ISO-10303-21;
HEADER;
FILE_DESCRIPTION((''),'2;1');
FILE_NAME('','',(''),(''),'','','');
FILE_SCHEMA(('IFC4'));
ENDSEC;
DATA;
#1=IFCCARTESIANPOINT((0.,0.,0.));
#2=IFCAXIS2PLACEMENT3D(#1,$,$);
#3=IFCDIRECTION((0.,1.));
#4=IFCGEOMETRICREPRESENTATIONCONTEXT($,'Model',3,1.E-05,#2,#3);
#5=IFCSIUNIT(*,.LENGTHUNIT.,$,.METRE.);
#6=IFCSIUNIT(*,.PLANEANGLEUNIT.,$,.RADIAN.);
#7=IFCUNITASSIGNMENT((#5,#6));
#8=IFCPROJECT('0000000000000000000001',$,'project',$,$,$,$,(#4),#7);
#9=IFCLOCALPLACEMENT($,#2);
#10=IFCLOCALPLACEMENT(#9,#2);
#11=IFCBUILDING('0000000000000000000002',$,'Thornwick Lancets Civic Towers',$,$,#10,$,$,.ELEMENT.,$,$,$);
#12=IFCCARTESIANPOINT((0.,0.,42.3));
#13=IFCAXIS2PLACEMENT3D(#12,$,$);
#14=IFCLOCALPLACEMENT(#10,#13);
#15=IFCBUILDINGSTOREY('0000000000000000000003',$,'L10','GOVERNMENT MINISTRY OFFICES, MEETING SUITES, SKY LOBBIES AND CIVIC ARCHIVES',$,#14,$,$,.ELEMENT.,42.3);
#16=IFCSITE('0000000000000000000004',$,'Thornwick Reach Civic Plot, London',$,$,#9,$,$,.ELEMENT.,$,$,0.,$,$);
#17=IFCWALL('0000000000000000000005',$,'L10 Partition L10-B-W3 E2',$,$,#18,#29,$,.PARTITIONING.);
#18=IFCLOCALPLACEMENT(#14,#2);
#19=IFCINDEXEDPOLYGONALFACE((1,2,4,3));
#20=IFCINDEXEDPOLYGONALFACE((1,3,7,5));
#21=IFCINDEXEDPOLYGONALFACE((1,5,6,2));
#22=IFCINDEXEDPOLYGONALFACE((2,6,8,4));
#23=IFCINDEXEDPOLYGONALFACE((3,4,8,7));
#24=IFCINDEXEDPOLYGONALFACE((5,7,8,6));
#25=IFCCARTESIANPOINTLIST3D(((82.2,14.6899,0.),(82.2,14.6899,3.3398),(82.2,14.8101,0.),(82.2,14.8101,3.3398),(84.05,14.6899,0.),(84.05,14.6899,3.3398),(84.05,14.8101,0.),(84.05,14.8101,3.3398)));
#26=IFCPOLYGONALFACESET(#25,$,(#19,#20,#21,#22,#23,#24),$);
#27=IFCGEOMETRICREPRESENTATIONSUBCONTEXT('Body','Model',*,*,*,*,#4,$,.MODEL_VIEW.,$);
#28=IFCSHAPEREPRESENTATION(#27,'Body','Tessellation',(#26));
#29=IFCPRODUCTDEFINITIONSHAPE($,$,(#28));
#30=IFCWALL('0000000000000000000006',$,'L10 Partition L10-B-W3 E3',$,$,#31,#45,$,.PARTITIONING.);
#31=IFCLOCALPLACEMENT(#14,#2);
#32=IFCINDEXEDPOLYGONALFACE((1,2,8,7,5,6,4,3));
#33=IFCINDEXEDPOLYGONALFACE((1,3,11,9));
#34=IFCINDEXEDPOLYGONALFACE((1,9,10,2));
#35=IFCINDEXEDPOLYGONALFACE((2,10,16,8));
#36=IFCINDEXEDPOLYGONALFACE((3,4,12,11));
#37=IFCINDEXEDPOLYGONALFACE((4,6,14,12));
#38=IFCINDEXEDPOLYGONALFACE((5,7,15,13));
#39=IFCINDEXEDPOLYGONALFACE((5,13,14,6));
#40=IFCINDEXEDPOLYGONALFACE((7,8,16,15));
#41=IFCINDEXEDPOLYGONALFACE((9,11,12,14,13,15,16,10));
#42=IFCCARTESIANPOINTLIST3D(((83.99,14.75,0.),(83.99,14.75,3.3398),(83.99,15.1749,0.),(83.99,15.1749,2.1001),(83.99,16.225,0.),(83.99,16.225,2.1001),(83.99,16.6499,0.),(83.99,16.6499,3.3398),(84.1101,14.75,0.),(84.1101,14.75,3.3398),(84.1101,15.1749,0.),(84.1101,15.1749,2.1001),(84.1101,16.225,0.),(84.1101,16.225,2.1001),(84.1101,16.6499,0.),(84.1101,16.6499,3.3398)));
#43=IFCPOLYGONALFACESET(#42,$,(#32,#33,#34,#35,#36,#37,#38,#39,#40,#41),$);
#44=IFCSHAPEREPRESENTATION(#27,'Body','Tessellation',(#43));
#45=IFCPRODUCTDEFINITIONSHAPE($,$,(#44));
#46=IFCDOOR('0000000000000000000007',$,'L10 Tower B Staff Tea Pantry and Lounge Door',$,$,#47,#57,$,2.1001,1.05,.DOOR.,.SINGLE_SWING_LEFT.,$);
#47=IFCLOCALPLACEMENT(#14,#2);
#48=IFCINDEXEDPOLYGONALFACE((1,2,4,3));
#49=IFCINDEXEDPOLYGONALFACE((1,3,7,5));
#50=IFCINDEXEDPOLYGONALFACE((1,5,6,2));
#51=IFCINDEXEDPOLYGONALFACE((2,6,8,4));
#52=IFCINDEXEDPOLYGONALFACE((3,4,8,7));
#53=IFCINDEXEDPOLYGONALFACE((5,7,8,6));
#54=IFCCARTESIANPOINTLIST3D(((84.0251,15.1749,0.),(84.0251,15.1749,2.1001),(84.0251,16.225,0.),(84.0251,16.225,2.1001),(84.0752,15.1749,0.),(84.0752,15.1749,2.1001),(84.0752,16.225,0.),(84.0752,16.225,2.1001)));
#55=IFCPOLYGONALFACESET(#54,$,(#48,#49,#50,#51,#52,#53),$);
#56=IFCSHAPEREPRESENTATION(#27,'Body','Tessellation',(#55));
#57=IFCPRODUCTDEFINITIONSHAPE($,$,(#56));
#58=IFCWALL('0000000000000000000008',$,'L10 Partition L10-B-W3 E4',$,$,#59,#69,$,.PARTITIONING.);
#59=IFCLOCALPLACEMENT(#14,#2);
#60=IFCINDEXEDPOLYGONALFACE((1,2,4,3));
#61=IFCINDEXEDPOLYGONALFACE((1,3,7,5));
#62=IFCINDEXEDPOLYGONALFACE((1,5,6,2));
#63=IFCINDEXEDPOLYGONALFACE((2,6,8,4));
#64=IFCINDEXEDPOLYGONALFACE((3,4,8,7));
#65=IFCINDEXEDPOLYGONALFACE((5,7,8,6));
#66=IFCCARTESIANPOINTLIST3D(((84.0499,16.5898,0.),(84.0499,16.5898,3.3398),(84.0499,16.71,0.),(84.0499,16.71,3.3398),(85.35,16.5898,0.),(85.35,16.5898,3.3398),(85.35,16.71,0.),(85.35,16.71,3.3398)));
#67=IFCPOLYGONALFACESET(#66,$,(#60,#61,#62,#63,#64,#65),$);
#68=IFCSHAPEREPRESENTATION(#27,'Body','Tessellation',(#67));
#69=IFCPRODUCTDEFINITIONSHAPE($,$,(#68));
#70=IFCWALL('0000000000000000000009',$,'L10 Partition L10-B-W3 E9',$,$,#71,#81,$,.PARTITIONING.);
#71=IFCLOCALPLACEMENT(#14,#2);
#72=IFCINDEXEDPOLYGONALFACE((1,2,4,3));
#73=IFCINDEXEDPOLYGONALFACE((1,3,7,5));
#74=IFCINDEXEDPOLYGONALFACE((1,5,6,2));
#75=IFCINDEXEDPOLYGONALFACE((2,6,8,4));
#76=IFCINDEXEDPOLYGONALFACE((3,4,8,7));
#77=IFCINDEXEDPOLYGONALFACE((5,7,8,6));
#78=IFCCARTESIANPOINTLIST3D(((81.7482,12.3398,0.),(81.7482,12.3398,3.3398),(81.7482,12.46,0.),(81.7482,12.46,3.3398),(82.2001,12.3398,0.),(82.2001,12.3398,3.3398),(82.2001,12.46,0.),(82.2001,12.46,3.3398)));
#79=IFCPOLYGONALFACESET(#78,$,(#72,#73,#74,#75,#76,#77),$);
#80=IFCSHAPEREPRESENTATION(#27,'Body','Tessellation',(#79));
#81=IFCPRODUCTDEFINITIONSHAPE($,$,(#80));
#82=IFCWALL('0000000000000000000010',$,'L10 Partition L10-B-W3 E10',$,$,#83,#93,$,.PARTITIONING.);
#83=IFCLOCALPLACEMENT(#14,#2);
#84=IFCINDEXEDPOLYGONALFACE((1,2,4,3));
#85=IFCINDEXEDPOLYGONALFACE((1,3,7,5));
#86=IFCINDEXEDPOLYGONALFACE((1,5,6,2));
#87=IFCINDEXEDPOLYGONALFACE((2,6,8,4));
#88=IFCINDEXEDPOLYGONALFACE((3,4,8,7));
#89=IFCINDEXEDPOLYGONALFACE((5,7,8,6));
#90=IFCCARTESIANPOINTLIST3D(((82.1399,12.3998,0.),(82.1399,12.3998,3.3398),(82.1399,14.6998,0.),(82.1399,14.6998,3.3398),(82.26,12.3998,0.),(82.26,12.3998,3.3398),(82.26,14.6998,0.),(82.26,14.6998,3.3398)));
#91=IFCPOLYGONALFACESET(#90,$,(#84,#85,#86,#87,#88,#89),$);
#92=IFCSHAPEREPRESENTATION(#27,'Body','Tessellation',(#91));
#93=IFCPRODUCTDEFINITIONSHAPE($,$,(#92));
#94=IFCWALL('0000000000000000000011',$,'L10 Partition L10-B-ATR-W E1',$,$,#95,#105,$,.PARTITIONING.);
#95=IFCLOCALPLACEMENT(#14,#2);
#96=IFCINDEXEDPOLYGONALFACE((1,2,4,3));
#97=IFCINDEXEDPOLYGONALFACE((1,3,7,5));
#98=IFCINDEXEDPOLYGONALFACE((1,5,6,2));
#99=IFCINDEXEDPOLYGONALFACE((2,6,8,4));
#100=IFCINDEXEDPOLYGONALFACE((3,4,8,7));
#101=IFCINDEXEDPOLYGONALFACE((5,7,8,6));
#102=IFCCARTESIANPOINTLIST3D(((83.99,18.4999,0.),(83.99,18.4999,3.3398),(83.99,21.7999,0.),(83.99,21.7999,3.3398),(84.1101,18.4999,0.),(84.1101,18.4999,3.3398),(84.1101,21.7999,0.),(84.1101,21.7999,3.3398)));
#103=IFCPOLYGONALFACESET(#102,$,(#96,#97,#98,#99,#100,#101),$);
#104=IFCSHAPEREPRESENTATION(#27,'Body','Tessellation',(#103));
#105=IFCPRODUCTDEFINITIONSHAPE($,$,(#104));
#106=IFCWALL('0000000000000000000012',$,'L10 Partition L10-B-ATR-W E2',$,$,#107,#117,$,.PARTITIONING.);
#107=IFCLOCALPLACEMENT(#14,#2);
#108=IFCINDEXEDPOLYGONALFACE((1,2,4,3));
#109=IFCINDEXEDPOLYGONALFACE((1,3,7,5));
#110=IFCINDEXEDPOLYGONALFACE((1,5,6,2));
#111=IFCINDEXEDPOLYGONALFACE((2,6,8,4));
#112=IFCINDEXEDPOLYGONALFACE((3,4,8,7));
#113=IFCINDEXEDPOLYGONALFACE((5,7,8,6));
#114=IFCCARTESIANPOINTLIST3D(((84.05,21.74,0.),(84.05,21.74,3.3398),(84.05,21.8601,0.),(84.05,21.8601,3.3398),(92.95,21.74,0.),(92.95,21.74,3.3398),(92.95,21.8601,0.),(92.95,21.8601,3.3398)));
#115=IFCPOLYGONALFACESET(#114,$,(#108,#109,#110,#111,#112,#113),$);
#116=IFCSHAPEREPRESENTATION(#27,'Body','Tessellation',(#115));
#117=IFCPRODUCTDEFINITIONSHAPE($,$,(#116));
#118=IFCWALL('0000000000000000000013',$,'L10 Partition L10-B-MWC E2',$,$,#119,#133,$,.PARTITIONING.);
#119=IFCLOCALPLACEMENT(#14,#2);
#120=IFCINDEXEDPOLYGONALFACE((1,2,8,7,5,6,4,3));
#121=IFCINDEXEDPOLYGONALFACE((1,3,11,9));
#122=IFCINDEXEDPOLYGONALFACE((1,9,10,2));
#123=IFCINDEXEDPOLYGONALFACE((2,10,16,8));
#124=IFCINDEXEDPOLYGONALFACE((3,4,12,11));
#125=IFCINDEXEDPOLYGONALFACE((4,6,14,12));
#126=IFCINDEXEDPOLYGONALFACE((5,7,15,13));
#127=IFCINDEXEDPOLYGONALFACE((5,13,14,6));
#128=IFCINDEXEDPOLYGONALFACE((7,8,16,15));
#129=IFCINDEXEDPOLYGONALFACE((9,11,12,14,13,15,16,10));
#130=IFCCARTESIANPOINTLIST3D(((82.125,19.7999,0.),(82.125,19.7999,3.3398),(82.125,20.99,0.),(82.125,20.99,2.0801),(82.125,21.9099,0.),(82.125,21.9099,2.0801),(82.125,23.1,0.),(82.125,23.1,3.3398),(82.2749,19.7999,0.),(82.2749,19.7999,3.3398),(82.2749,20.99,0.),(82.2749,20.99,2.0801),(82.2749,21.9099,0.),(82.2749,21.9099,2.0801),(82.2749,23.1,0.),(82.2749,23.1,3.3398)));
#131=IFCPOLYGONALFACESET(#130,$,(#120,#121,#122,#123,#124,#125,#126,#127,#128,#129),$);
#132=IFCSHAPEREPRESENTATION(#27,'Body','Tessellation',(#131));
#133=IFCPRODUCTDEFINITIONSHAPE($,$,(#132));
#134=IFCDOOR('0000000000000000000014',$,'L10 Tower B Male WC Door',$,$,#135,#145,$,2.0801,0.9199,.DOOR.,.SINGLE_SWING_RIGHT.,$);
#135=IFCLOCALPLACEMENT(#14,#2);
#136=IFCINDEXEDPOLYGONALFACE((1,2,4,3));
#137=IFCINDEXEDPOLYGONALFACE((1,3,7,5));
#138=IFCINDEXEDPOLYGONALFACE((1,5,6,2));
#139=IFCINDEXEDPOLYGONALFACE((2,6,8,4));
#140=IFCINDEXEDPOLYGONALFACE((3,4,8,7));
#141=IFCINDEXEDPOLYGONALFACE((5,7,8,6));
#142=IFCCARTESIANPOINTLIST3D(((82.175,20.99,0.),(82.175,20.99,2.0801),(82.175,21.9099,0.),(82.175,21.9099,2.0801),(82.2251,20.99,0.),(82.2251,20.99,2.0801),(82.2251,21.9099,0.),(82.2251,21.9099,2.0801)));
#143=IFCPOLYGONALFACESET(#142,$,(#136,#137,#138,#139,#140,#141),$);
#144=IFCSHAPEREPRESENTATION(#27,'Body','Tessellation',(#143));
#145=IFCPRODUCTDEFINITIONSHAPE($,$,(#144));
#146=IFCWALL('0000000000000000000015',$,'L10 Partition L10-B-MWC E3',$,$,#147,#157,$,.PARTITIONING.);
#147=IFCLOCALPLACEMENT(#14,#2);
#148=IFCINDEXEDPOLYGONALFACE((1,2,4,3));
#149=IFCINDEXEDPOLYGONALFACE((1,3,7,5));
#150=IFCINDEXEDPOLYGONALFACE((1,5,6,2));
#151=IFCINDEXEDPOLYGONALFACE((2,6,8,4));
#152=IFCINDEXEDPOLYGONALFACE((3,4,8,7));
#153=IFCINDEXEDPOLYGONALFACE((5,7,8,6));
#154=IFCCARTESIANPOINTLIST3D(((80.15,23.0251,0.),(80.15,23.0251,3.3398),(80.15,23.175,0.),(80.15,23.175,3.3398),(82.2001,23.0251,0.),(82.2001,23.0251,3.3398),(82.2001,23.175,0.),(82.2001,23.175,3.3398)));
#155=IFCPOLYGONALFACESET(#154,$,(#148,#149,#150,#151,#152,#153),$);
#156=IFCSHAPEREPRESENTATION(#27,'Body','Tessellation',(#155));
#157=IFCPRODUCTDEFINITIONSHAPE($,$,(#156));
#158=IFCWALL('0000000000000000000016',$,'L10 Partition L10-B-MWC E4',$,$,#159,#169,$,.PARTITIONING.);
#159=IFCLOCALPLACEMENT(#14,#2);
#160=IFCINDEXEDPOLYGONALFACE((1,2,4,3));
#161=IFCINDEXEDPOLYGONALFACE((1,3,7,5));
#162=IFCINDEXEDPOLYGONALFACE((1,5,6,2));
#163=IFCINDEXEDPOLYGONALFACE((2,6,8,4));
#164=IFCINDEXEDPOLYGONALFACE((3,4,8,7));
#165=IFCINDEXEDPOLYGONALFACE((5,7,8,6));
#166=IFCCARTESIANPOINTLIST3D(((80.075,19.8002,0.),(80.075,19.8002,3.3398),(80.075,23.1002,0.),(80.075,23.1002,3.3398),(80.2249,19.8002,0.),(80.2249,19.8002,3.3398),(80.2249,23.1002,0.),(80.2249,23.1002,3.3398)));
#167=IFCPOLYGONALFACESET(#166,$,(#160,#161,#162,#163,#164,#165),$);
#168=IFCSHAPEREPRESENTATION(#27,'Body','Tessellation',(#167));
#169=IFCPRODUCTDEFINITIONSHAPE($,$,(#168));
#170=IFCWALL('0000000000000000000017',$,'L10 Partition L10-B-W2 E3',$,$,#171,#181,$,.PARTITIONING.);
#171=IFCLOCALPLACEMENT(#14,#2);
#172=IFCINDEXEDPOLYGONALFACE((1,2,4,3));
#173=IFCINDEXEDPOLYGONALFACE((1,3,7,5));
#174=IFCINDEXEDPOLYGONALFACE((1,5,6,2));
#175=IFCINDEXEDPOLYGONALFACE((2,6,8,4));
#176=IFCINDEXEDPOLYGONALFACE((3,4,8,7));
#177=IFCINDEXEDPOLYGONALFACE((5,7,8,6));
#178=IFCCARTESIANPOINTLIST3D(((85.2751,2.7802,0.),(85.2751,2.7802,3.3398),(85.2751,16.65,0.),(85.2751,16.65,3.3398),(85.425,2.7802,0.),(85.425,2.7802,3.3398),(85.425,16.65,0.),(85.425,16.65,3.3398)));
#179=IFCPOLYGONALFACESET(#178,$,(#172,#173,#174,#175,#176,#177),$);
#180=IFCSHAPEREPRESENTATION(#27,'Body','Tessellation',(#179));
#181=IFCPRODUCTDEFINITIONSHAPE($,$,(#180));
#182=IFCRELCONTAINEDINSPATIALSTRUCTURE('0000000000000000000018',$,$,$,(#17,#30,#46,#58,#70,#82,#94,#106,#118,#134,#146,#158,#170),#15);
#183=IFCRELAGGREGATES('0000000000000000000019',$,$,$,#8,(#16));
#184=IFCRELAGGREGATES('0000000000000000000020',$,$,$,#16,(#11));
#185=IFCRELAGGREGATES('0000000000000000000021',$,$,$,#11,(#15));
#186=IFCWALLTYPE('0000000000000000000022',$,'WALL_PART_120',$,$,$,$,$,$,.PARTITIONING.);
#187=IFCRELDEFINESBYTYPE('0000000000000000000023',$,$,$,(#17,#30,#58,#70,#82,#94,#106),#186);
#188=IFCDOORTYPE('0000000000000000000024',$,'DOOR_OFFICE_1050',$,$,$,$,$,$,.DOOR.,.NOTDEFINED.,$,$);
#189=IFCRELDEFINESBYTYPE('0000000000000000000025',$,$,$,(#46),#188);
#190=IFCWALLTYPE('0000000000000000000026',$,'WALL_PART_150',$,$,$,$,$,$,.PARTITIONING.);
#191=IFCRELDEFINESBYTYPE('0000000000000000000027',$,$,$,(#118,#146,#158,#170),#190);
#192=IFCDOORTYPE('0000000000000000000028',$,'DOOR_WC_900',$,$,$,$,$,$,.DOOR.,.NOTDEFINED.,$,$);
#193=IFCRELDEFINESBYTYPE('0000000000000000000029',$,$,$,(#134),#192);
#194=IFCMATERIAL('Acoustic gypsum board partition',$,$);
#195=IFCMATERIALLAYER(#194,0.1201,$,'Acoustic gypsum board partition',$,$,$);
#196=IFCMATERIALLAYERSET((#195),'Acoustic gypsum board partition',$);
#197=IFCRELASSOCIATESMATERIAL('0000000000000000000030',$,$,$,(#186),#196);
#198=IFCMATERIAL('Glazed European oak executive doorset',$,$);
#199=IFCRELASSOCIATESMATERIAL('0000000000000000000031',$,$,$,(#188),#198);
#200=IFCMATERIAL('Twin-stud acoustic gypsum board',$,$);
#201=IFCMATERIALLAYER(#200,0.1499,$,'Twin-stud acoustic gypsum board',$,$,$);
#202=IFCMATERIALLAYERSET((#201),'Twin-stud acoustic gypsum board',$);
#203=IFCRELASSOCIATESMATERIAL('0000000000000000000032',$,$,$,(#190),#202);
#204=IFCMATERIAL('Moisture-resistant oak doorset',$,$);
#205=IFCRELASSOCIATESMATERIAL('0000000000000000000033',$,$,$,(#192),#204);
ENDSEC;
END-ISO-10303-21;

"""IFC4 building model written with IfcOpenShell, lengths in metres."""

from ifc_helpers import new_model, si_unit, direction, frame, frame_2d, origin, place, context, subcontext, project, spatial, rectangle, extrude, material, layer, layer_set, type_object, element, fill, save


model = new_model("IFC4")

# Units and contexts
model_context = context("Model", 3, precision=1e-05, world=origin(), true_north=direction((0.0, 1.0)))
body_context = subcontext(model_context, "Body", "Model", "MODEL_VIEW")
ifc_project = project(units=[si_unit("LENGTHUNIT", "METRE"), si_unit("PLANEANGLEUNIT", "RADIAN")], contexts=[model_context])

# Site, building, storey
site_placement = place(None, origin())
site = spatial("IfcSite", under=ifc_project, at=site_placement, Name="Thornwick Reach Civic Plot, London", CompositionType="ELEMENT", RefElevation=0.0)
building_placement = place(site_placement, origin())
building = spatial("IfcBuilding", under=site, at=building_placement, Name="Thornwick Lancets Civic Towers", CompositionType="ELEMENT")
storey_placement = place(building_placement, frame((0.0, 0.0, 42.3)))
storey = spatial("IfcBuildingStorey", under=building, at=storey_placement, Name="L10", Description="GOVERNMENT MINISTRY OFFICES, MEETING SUITES, SKY LOBBIES AND CIVIC ARCHIVES", CompositionType="ELEMENT", Elevation=42.3)

# Wall
ifc_material_1 = material(Name="Acoustic gypsum board partition")
ifc_layer_1 = layer(ifc_material_1, 0.1201, Name="Acoustic gypsum board partition")
ifc_layer_set_1 = layer_set([ifc_layer_1], Name="Acoustic gypsum board partition")
wall_type_1 = type_object("IfcWallType", Name="WALL_PART_120", PredefinedType="PARTITIONING", material=ifc_layer_set_1)
wall_1_placement = place(storey_placement, frame((82.2, 14.75, 0.0), z_axis=(0.0, 0.0, 1.0), x_axis=(1.0, 0.0, 0.0)))
element("IfcWall", 1, at=wall_1_placement, inside=storey, type_object=wall_type_1, Name="L10 Partition L10-B-W3 E2", PredefinedType="PARTITIONING", context=body_context, shape_type="SweptSolid", body=[
    extrude(rectangle(XDim=1.8501, YDim=0.1201, at=frame_2d((0.925, 0.0))), origin(), (0.0, 0.0, 1.0), 3.3398),
])

# Wall, opening, door
wall_2_placement = place(storey_placement, frame((84.05, 14.75, 0.0), z_axis=(0.0, 0.0, 1.0), x_axis=(0.0, 1.0, 0.0)))
wall_2 = element("IfcWall", 2, at=wall_2_placement, inside=storey, type_object=wall_type_1, Name="L10 Partition L10-B-W3 E3", PredefinedType="PARTITIONING", context=body_context, shape_type="SweptSolid", body=[
    extrude(rectangle(XDim=1.8999, YDim=0.1201, at=frame_2d((0.95, 0.0))), origin(), (0.0, 0.0, 1.0), 3.3398),
])
opening_1_placement = place(wall_2_placement, frame((0.425, 0.0, 0.0)))
opening_1 = element("IfcOpeningElement", 3, at=opening_1_placement, cuts=wall_2, PredefinedType="OPENING", context=body_context, shape_type="SweptSolid", body=[
    extrude(rectangle(XDim=1.05, YDim=2.1001, at=frame_2d((0.5249, 1.05))), frame((0.0, 0.0701, 0.0), z_axis=(0.0, -1.0, 0.0), x_axis=(1.0, 0.0, 0.0)), (0.0, 0.0, 1.0), 0.1401),
])
ifc_material_2 = material(Name="Glazed European oak executive doorset")
door_type_1 = type_object("IfcDoorType", Name="DOOR_OFFICE_1050", OperationType="NOTDEFINED", PredefinedType="DOOR", material=ifc_material_2)
door_1_placement = place(opening_1_placement, origin())
door_1 = element("IfcDoor", 4, at=door_1_placement, inside=storey, type_object=door_type_1, Name="L10 Tower B Staff Tea Pantry and Lounge Door", OperationType="SINGLE_SWING_LEFT", OverallHeight=2.1001, OverallWidth=1.05, PredefinedType="DOOR", context=body_context, shape_type="SweptSolid", body=[
    extrude(rectangle(XDim=1.05, YDim=2.1001, at=frame_2d((0.5249, 1.05))), frame((0.0, 0.0249, 0.0), z_axis=(0.0, -1.0, 0.0), x_axis=(1.0, 0.0, 0.0)), (0.0, 0.0, 1.0), 0.05),
])
fill(opening_1, door_1)

# Walls
wall_3_placement = place(storey_placement, frame((84.05, 16.6499, 0.0), z_axis=(0.0, 0.0, 1.0), x_axis=(1.0, 0.0, 0.0)))
element("IfcWall", 5, at=wall_3_placement, inside=storey, type_object=wall_type_1, Name="L10 Partition L10-B-W3 E4", PredefinedType="PARTITIONING", context=body_context, shape_type="SweptSolid", body=[
    extrude(rectangle(XDim=1.3, YDim=0.1201, at=frame_2d((0.6499, 0.0))), origin(), (0.0, 0.0, 1.0), 3.3398),
])
wall_4_placement = place(storey_placement, frame((81.748, 12.3999, 0.0), z_axis=(0.0, 0.0, 1.0), x_axis=(1.0, 0.0, 0.0)))
element("IfcWall", 6, at=wall_4_placement, inside=storey, type_object=wall_type_1, Name="L10 Partition L10-B-W3 E9", PredefinedType="PARTITIONING", context=body_context, shape_type="SweptSolid", body=[
    extrude(rectangle(XDim=0.4519, YDim=0.1201, at=frame_2d((0.2261, 0.0))), origin(), (0.0, 0.0, 1.0), 3.3398),
])
wall_5_placement = place(storey_placement, frame((82.2, 12.3999, 0.0), z_axis=(0.0, 0.0, 1.0), x_axis=(0.0, 1.0, 0.0)))
element("IfcWall", 7, at=wall_5_placement, inside=storey, type_object=wall_type_1, Name="L10 Partition L10-B-W3 E10", PredefinedType="PARTITIONING", context=body_context, shape_type="SweptSolid", body=[
    extrude(rectangle(XDim=2.3, YDim=0.1201, at=frame_2d((1.1499, 0.0))), origin(), (0.0, 0.0, 1.0), 3.3398),
])
wall_6_placement = place(storey_placement, frame((84.05, 18.5, 0.0), z_axis=(0.0, 0.0, 1.0), x_axis=(0.0, 1.0, 0.0)))
element("IfcWall", 8, at=wall_6_placement, inside=storey, type_object=wall_type_1, Name="L10 Partition L10-B-ATR-W E1", PredefinedType="PARTITIONING", context=body_context, shape_type="SweptSolid", body=[
    extrude(rectangle(XDim=3.3, YDim=0.1201, at=frame_2d((1.6499, 0.0))), origin(), (0.0, 0.0, 1.0), 3.3398),
])
wall_7_placement = place(storey_placement, frame((84.05, 21.8, 0.0), z_axis=(0.0, 0.0, 1.0), x_axis=(1.0, 0.0, 0.0)))
element("IfcWall", 9, at=wall_7_placement, inside=storey, type_object=wall_type_1, Name="L10 Partition L10-B-ATR-W E2", PredefinedType="PARTITIONING", context=body_context, shape_type="SweptSolid", body=[
    extrude(rectangle(XDim=8.8999, YDim=0.1201, at=frame_2d((4.45, 0.0))), origin(), (0.0, 0.0, 1.0), 3.3398),
])

# Wall, opening, door
ifc_material_3 = material(Name="Twin-stud acoustic gypsum board")
ifc_layer_2 = layer(ifc_material_3, 0.1499, Name="Twin-stud acoustic gypsum board")
ifc_layer_set_2 = layer_set([ifc_layer_2], Name="Twin-stud acoustic gypsum board")
wall_type_2 = type_object("IfcWallType", Name="WALL_PART_150", PredefinedType="PARTITIONING", material=ifc_layer_set_2)
wall_8_placement = place(storey_placement, frame((82.2, 19.8, 0.0), z_axis=(0.0, 0.0, 1.0), x_axis=(0.0, 1.0, 0.0)))
wall_8 = element("IfcWall", 10, at=wall_8_placement, inside=storey, type_object=wall_type_2, Name="L10 Partition L10-B-MWC E2", PredefinedType="PARTITIONING", context=body_context, shape_type="SweptSolid", body=[
    extrude(rectangle(XDim=3.3, YDim=0.1499, at=frame_2d((1.6499, 0.0))), origin(), (0.0, 0.0, 1.0), 3.3398),
])
opening_2_placement = place(wall_8_placement, frame((1.1899, 0.0, 0.0)))
opening_2 = element("IfcOpeningElement", 11, at=opening_2_placement, cuts=wall_8, PredefinedType="OPENING", context=body_context, shape_type="SweptSolid", body=[
    extrude(rectangle(XDim=0.9199, YDim=2.0801, at=frame_2d((0.46, 1.04))), frame((0.0, 0.085, 0.0), z_axis=(0.0, -1.0, 0.0), x_axis=(1.0, 0.0, 0.0)), (0.0, 0.0, 1.0), 0.1699),
])
ifc_material_4 = material(Name="Moisture-resistant oak doorset")
door_type_2 = type_object("IfcDoorType", Name="DOOR_WC_900", OperationType="NOTDEFINED", PredefinedType="DOOR", material=ifc_material_4)
door_2_placement = place(opening_2_placement, origin())
door_2 = element("IfcDoor", 12, at=door_2_placement, inside=storey, type_object=door_type_2, Name="L10 Tower B Male WC Door", OperationType="SINGLE_SWING_RIGHT", OverallHeight=2.0801, OverallWidth=0.9199, PredefinedType="DOOR", context=body_context, shape_type="SweptSolid", body=[
    extrude(rectangle(XDim=0.9199, YDim=2.0801, at=frame_2d((0.46, 1.04))), frame((0.0, 0.0249, 0.0), z_axis=(0.0, -1.0, 0.0), x_axis=(1.0, 0.0, 0.0)), (0.0, 0.0, 1.0), 0.05),
])
fill(opening_2, door_2)

# Walls
wall_9_placement = place(storey_placement, frame((82.2, 23.1001, 0.0), z_axis=(0.0, 0.0, 1.0), x_axis=(-1.0, 0.0, 0.0)))
element("IfcWall", 13, at=wall_9_placement, inside=storey, type_object=wall_type_2, Name="L10 Partition L10-B-MWC E3", PredefinedType="PARTITIONING", context=body_context, shape_type="SweptSolid", body=[
    extrude(rectangle(XDim=2.05, YDim=0.1499, at=frame_2d((1.0249, 0.0))), origin(), (0.0, 0.0, 1.0), 3.3398),
])
wall_10_placement = place(storey_placement, frame((80.1499, 23.1001, 0.0), z_axis=(0.0, 0.0, 1.0), x_axis=(0.0, -1.0, 0.0)))
element("IfcWall", 14, at=wall_10_placement, inside=storey, type_object=wall_type_2, Name="L10 Partition L10-B-MWC E4", PredefinedType="PARTITIONING", context=body_context, shape_type="SweptSolid", body=[
    extrude(rectangle(XDim=3.3, YDim=0.1499, at=frame_2d((1.6499, 0.0))), origin(), (0.0, 0.0, 1.0), 3.3398),
])
wall_11_placement = place(storey_placement, frame((85.3501, 2.78, 0.0), z_axis=(0.0, 0.0, 1.0), x_axis=(0.0, 1.0, 0.0)))
element("IfcWall", 15, at=wall_11_placement, inside=storey, type_object=wall_type_2, Name="L10 Partition L10-B-W2 E3", PredefinedType="PARTITIONING", context=body_context, shape_type="SweptSolid", body=[
    extrude(rectangle(XDim=13.8699, YDim=0.1499, at=frame_2d((6.9351, 0.0))), origin(), (0.0, 0.0, 1.0), 3.3398),
])

save(model, "model.ifc")
